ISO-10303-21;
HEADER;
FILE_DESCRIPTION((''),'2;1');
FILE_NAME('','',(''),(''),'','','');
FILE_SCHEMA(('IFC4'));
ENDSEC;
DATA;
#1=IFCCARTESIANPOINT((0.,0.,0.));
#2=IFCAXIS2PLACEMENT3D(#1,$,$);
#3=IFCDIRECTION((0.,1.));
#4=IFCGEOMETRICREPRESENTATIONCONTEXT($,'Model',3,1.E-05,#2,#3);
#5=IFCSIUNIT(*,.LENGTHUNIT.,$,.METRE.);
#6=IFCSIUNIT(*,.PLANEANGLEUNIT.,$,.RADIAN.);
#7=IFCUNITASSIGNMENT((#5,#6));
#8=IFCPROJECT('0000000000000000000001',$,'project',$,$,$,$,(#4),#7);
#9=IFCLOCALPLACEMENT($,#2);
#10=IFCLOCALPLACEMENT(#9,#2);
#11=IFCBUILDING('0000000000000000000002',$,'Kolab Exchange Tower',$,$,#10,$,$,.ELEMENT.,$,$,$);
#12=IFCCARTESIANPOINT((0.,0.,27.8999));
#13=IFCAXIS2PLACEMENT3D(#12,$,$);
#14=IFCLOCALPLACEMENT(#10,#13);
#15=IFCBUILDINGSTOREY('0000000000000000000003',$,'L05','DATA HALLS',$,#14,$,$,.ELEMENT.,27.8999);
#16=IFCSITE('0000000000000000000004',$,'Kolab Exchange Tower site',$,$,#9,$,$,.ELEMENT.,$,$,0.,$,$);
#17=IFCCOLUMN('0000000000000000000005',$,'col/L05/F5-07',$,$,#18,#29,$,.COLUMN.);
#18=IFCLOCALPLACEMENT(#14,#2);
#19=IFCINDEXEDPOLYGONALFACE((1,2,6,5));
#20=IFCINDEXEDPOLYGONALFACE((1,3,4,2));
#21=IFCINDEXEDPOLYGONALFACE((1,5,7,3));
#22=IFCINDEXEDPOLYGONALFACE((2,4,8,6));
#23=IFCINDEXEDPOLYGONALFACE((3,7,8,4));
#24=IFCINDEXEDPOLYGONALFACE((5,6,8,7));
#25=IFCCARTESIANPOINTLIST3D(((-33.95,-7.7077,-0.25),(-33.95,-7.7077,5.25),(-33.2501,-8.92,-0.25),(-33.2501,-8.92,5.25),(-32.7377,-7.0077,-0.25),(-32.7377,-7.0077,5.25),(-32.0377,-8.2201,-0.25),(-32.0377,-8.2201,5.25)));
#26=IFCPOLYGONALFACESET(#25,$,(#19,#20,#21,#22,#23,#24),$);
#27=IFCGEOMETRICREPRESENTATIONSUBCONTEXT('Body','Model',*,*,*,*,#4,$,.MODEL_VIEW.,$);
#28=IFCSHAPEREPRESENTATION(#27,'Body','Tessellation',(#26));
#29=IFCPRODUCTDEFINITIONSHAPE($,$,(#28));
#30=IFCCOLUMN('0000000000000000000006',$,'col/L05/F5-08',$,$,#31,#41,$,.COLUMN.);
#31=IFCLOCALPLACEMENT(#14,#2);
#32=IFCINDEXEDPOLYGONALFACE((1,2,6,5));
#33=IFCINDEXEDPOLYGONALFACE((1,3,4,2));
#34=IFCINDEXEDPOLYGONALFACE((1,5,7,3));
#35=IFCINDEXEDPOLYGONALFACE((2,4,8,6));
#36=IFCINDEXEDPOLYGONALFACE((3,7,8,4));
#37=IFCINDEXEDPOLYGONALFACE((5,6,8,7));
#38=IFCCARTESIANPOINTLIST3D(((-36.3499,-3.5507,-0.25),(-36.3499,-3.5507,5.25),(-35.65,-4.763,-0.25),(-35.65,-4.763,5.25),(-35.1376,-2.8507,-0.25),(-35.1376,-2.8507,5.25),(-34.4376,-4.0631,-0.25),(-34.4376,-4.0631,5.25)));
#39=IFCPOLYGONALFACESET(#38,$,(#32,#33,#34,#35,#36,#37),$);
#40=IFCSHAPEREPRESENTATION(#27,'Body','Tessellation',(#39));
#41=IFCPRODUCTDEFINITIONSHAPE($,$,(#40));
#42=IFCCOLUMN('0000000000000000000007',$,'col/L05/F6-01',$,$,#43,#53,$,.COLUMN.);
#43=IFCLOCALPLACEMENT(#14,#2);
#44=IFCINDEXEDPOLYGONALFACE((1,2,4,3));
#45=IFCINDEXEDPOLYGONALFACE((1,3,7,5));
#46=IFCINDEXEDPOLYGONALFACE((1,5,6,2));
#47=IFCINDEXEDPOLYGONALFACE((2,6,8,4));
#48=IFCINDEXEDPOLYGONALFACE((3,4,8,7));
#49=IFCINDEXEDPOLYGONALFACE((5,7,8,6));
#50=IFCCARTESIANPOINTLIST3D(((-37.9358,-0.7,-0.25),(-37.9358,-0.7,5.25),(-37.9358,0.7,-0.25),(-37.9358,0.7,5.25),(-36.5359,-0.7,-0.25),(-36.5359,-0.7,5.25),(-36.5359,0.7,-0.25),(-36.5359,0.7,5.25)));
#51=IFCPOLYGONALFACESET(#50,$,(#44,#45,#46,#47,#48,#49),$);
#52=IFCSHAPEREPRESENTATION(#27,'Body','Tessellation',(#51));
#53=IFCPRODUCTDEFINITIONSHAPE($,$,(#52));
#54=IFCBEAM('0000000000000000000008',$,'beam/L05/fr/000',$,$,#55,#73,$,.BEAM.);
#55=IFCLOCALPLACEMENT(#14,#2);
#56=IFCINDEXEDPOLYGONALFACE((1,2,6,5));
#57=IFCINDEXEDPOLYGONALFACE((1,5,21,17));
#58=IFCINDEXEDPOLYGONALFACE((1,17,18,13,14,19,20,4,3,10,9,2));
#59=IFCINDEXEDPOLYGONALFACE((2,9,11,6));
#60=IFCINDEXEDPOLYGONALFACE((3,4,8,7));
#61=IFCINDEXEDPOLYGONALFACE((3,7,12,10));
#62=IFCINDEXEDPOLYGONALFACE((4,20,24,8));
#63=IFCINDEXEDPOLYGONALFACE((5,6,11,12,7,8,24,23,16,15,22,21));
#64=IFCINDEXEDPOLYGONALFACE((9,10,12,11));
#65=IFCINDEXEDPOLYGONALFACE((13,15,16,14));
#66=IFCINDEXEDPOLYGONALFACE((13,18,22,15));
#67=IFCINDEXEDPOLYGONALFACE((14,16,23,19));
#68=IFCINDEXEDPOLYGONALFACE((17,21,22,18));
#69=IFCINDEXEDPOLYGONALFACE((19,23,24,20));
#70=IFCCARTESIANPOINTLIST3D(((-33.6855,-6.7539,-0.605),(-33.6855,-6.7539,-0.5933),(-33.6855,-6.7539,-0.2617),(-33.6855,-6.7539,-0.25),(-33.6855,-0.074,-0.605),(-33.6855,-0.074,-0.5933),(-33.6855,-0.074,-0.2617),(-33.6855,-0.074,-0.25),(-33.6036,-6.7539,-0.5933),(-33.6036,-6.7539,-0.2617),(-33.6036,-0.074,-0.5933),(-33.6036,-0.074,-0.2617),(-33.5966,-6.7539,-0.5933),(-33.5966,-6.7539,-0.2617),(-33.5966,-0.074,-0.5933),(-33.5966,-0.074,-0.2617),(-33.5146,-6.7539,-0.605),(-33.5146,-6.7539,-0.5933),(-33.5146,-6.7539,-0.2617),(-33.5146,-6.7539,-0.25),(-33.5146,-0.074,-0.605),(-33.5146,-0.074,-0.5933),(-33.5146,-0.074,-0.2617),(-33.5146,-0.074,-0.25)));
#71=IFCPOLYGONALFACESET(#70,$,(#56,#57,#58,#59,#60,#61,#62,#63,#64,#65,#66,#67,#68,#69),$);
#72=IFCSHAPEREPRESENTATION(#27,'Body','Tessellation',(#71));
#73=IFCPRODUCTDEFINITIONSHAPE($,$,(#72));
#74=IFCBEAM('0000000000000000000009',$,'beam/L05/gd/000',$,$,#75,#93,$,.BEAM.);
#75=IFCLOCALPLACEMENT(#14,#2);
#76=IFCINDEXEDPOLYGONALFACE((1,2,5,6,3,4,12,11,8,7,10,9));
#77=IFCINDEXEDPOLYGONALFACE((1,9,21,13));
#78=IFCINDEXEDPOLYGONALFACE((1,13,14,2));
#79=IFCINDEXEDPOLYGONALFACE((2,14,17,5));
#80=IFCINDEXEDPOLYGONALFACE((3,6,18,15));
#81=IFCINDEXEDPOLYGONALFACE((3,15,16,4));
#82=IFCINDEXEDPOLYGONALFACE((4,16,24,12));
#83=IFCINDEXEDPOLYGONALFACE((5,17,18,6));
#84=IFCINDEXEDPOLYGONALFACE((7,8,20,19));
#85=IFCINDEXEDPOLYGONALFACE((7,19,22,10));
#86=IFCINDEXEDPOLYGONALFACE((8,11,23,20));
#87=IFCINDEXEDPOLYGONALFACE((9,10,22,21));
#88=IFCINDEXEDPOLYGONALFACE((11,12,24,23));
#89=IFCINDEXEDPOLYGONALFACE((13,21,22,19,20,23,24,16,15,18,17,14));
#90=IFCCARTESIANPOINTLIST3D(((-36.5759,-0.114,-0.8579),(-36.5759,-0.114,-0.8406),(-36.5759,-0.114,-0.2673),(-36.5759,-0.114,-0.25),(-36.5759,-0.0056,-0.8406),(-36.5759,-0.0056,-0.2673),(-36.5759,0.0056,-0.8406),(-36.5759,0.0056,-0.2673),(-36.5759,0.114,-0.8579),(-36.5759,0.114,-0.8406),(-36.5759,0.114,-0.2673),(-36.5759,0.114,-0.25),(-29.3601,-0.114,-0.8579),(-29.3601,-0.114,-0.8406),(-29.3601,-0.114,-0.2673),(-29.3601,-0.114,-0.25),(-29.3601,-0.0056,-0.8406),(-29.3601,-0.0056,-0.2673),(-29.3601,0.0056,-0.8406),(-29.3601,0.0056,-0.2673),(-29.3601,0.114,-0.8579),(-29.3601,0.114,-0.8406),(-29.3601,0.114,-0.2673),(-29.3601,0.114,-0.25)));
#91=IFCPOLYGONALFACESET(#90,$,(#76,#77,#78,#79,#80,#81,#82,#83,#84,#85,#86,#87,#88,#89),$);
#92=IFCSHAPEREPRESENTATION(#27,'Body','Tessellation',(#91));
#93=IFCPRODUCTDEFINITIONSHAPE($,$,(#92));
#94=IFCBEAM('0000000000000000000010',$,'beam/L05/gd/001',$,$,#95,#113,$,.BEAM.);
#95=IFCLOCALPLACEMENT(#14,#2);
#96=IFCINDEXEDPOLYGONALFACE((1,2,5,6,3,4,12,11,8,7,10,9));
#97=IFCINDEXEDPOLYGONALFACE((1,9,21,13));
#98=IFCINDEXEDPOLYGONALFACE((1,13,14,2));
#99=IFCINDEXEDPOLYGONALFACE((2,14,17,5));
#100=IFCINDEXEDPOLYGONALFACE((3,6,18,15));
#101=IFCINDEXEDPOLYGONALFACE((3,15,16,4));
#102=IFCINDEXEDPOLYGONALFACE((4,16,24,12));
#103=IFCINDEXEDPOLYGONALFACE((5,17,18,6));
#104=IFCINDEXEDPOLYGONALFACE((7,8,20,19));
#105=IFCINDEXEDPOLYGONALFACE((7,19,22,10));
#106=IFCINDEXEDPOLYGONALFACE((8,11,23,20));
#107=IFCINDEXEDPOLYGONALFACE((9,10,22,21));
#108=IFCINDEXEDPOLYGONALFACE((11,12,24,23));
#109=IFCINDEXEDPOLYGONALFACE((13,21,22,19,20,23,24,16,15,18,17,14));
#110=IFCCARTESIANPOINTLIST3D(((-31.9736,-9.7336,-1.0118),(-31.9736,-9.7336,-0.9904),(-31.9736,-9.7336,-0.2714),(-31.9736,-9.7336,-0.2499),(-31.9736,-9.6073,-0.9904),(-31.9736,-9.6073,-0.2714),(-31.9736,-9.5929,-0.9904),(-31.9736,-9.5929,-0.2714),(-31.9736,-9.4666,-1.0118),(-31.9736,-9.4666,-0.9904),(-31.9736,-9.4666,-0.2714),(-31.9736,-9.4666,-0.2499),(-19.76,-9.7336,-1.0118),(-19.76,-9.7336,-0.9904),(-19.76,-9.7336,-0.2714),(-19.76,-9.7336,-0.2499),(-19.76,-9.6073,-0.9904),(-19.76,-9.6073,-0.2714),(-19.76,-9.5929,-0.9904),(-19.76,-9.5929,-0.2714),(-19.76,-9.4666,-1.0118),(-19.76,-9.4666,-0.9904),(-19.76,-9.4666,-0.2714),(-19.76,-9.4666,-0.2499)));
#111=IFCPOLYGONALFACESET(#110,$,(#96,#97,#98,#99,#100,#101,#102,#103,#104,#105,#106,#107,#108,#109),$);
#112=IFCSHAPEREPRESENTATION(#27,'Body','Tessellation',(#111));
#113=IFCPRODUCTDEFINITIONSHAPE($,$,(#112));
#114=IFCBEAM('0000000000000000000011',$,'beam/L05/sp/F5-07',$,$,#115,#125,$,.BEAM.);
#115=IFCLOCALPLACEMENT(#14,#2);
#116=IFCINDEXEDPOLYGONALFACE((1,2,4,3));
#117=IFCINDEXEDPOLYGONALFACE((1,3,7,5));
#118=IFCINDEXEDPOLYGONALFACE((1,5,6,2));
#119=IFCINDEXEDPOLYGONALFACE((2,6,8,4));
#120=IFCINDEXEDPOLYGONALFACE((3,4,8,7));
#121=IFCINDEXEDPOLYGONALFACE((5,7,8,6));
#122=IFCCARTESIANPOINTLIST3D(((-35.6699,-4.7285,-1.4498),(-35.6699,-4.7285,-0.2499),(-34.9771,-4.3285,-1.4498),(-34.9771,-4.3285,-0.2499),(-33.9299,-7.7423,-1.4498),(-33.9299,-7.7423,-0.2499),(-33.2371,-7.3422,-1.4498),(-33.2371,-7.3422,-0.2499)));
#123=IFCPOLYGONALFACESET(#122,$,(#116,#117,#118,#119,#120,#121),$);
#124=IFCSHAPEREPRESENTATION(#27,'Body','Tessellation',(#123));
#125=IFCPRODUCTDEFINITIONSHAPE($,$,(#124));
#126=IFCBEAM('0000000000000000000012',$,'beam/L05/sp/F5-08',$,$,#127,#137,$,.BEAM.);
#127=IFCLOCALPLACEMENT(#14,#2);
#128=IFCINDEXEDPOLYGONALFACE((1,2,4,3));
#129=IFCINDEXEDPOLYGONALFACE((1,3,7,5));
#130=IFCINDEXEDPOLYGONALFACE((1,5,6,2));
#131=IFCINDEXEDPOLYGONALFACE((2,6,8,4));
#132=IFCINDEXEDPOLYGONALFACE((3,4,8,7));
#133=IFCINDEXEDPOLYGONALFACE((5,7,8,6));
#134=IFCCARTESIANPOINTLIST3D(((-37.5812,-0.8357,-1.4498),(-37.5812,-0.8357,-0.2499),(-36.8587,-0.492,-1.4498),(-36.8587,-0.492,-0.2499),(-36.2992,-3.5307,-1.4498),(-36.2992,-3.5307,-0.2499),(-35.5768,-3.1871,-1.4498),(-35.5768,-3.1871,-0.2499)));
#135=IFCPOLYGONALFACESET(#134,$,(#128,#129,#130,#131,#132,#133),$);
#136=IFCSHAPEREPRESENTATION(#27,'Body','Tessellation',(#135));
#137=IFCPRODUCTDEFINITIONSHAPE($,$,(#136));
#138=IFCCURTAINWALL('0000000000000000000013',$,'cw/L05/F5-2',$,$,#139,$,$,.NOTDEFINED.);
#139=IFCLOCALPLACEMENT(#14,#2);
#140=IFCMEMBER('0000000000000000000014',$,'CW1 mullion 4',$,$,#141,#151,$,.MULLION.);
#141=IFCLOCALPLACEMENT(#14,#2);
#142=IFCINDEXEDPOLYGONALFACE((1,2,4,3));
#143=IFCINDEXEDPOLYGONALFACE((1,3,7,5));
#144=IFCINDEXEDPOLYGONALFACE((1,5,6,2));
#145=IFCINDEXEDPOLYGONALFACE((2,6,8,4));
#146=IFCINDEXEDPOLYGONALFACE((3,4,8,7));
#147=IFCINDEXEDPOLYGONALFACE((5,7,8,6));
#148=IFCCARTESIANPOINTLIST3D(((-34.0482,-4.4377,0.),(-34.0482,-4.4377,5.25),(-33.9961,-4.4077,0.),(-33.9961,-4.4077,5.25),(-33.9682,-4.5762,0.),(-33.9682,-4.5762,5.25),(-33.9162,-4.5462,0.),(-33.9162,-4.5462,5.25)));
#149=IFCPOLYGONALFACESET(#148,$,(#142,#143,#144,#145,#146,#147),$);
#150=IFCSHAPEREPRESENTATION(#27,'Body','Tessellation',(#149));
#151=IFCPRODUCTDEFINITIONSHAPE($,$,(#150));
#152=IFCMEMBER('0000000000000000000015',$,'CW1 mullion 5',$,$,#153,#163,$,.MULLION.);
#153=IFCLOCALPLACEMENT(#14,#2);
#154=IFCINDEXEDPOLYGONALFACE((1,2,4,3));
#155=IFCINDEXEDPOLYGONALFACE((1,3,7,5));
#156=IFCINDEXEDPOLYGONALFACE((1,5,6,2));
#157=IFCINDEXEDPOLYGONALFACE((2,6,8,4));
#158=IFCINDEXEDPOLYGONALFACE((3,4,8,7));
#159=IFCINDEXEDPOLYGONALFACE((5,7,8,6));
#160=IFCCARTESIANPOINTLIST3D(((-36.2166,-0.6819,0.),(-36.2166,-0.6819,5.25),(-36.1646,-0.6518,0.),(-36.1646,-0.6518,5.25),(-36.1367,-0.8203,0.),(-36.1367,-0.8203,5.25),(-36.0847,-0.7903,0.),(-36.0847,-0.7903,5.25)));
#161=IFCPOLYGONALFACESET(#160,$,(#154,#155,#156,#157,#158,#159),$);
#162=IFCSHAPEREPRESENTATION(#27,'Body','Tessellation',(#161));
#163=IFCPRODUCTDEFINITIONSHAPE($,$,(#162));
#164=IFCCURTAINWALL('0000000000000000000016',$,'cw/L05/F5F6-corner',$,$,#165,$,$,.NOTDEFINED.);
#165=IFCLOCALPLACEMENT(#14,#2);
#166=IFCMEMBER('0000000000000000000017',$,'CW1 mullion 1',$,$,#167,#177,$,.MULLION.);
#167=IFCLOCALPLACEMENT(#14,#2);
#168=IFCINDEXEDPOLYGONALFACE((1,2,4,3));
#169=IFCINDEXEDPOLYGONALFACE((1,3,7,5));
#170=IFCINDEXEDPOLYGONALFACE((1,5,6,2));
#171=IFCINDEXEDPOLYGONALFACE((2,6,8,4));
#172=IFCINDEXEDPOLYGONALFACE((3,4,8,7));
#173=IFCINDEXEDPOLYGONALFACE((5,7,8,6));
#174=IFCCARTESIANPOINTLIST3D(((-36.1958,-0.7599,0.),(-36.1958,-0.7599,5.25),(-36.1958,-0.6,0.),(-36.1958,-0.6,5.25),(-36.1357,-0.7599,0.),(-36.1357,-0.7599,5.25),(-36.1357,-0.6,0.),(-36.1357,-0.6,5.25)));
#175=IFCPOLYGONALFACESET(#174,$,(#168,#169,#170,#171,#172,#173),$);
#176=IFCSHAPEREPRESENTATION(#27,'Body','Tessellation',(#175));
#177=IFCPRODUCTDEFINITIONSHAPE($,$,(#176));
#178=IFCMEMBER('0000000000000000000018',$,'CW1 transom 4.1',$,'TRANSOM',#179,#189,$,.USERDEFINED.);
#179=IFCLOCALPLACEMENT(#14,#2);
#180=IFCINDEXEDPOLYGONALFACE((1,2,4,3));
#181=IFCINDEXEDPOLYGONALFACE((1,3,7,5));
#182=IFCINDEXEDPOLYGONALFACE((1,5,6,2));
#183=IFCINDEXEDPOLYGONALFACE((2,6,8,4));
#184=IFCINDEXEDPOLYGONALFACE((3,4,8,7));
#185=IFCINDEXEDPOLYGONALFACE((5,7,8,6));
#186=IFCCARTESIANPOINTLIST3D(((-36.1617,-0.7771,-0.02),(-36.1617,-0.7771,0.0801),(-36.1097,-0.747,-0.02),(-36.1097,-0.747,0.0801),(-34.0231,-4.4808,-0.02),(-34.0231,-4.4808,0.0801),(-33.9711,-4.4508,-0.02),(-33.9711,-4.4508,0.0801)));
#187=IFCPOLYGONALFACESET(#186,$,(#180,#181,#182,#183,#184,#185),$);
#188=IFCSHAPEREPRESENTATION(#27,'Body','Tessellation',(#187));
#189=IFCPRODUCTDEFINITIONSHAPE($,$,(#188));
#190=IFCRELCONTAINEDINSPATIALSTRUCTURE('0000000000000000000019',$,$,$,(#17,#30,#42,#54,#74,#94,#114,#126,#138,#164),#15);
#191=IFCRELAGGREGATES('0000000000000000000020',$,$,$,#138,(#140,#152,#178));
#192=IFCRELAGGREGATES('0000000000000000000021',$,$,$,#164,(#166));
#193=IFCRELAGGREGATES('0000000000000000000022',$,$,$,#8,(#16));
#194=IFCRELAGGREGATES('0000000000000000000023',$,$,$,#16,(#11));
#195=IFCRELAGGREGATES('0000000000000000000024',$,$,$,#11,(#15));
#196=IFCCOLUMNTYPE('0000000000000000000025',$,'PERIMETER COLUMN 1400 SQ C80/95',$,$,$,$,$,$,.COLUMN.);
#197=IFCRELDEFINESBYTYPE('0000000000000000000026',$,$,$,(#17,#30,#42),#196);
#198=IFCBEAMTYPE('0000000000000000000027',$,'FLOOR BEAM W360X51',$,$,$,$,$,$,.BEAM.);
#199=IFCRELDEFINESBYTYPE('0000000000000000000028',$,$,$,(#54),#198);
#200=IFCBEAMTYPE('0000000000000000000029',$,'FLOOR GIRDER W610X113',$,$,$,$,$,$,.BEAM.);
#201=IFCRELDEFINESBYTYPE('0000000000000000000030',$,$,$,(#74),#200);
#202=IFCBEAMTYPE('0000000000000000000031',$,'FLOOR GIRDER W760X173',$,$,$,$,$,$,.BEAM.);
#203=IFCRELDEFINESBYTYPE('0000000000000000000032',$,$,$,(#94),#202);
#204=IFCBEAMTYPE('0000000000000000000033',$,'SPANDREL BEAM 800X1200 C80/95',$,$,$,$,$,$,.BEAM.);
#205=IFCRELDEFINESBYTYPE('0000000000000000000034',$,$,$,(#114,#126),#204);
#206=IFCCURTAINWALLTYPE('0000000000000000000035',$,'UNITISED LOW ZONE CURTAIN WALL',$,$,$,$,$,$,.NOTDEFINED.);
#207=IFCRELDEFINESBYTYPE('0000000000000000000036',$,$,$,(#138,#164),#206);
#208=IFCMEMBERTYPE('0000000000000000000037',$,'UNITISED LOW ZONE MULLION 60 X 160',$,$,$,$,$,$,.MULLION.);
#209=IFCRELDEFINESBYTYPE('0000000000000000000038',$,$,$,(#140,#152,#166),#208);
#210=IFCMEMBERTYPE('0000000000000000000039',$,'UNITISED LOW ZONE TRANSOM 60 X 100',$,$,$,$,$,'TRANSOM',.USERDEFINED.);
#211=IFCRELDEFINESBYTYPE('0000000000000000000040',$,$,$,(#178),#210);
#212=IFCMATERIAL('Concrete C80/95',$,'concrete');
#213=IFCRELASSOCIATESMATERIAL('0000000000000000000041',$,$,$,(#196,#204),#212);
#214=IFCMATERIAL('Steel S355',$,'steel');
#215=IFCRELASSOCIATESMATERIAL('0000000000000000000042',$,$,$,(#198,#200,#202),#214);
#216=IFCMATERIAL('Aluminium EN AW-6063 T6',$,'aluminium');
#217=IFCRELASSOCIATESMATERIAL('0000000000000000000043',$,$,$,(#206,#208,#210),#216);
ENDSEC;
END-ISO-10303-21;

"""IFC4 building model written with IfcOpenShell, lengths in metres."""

from ifc_helpers import new_model, si_unit, direction, frame, origin, origin_2d, place, context, subcontext, project, spatial, rectangle, i_section, extrude, material, material_profile, profile_set, type_object, element, aggregate, save


model = new_model("IFC4")

# Units and contexts
model_context = context("Model", 3, precision=1e-05, world=origin(), true_north=direction((0.0, 1.0)))
body_context = subcontext(model_context, "Body", "Model", "MODEL_VIEW")
ifc_project = project(units=[si_unit("LENGTHUNIT", "METRE"), si_unit("PLANEANGLEUNIT", "RADIAN")], contexts=[model_context])

# Site, building, storey
site_placement = place(None, origin())
site = spatial("IfcSite", under=ifc_project, at=site_placement, Name="Kolab Exchange Tower site", CompositionType="ELEMENT", RefElevation=0.0)
building_placement = place(site_placement, origin())
building = spatial("IfcBuilding", under=site, at=building_placement, Name="Kolab Exchange Tower", CompositionType="ELEMENT")
storey_placement = place(building_placement, frame((0.0, 0.0, 27.8999)))
storey = spatial("IfcBuildingStorey", under=building, at=storey_placement, Name="L05", Description="DATA HALLS", CompositionType="ELEMENT", Elevation=27.8999)

# Columns
ifc_material_1 = material(Name="Concrete C80/95", Category="concrete")
ifc_material_profile_1 = material_profile(ifc_material_1, rectangle(XDim=1.3999, YDim=1.3999, at=origin_2d()), Name="RC1400")
ifc_profile_set_1 = profile_set([ifc_material_profile_1], Name="Concrete C80/95")
column_type = type_object("IfcColumnType", Name="PERIMETER COLUMN 1400 SQ C80/95", PredefinedType="COLUMN", material=ifc_profile_set_1)
for number, where, z_axis, x_axis, name in (
    (1, (-32.9939, -7.9639, -0.25), (0.0, 0.0, 1.0), (0.866025, 0.5, 0.0), "col/L05/F5-07"),
    (2, (-35.3938, -3.8069, -0.25), (0.0, 0.0, 1.0), (0.866025, 0.5, 0.0), "col/L05/F5-08"),
    (3, (-37.2358, 0.0, -0.25), (0.0, 0.0, 1.0), (1.0, 0.0, 0.0), "col/L05/F6-01"),
):
    element("IfcColumn", number, at=place(storey_placement, frame(where, z_axis=z_axis, x_axis=x_axis)), inside=storey, type_object=column_type, Name=name, PredefinedType="COLUMN", context=body_context, shape_type="SweptSolid", body=[
        extrude(rectangle(XDim=1.3999, YDim=1.3999, at=origin_2d()), origin(), (0.0, 0.0, 1.0), 5.5),
    ])

# Beams
ifc_material_2 = material(Name="Steel S355", Category="steel")
ifc_material_profile_2 = material_profile(ifc_material_2, i_section(OverallWidth=0.1709, OverallDepth=0.355, WebThickness=0.0071, FlangeThickness=0.0117, at=origin_2d()), Name="W360X51")
ifc_profile_set_2 = profile_set([ifc_material_profile_2], Name="Steel S355")
beam_type_1 = type_object("IfcBeamType", Name="FLOOR BEAM W360X51", PredefinedType="BEAM", material=ifc_profile_set_2)
beam_1_placement = place(storey_placement, frame((-33.6001, -6.7539, -0.4275), z_axis=(0.0, 1.0, 0.0), x_axis=(-1.0, 0.0, 0.0)))
element("IfcBeam", 4, at=beam_1_placement, inside=storey, type_object=beam_type_1, Name="beam/L05/fr/000", PredefinedType="BEAM", context=body_context, shape_type="SweptSolid", body=[
    extrude(i_section(OverallWidth=0.1709, OverallDepth=0.355, WebThickness=0.0071, FlangeThickness=0.0117, at=origin_2d()), origin(), (0.0, 0.0, 1.0), 6.6799),
])
ifc_material_profile_3 = material_profile(ifc_material_2, i_section(OverallWidth=0.228, OverallDepth=0.6079, WebThickness=0.0112, FlangeThickness=0.0173, at=origin_2d()), Name="W610X113")
ifc_profile_set_3 = profile_set([ifc_material_profile_3], Name="Steel S355")
beam_type_2 = type_object("IfcBeamType", Name="FLOOR GIRDER W610X113", PredefinedType="BEAM", material=ifc_profile_set_3)
beam_2_placement = place(storey_placement, frame((-36.5759, 0.0, -0.554), z_axis=(1.0, 0.0, 0.0), x_axis=(0.0, 1.0, 0.0)))
element("IfcBeam", 5, at=beam_2_placement, inside=storey, type_object=beam_type_2, Name="beam/L05/gd/000", PredefinedType="BEAM", context=body_context, shape_type="SweptSolid", body=[
    extrude(i_section(OverallWidth=0.228, OverallDepth=0.6079, WebThickness=0.0112, FlangeThickness=0.0173, at=origin_2d()), origin(), (0.0, 0.0, 1.0), 7.2158),
])
ifc_material_profile_4 = material_profile(ifc_material_2, i_section(OverallWidth=0.2671, OverallDepth=0.762, WebThickness=0.0144, FlangeThickness=0.0215, at=origin_2d()), Name="W760X173")
ifc_profile_set_4 = profile_set([ifc_material_profile_4], Name="Steel S355")
beam_type_3 = type_object("IfcBeamType", Name="FLOOR GIRDER W760X173", PredefinedType="BEAM", material=ifc_profile_set_4)
beam_3_placement = place(storey_placement, frame((-31.9736, -9.6001, -0.6309), z_axis=(1.0, 0.0, 0.0), x_axis=(0.0, 1.0, 0.0)))
element("IfcBeam", 6, at=beam_3_placement, inside=storey, type_object=beam_type_3, Name="beam/L05/gd/001", PredefinedType="BEAM", context=body_context, shape_type="SweptSolid", body=[
    extrude(i_section(OverallWidth=0.2671, OverallDepth=0.762, WebThickness=0.0144, FlangeThickness=0.0215, at=origin_2d()), origin(), (0.0, 0.0, 1.0), 12.2136),
])
ifc_material_profile_5 = material_profile(ifc_material_1, rectangle(XDim=0.8, YDim=1.2, at=origin_2d()), Name="RC800X1200")
ifc_profile_set_5 = profile_set([ifc_material_profile_5], Name="Concrete C80/95")
beam_type_4 = type_object("IfcBeamType", Name="SPANDREL BEAM 800X1200 C80/95", PredefinedType="BEAM", material=ifc_profile_set_5)
beam_4_placement = place(storey_placement, frame((-33.5835, -7.5422, -0.8499), z_axis=(-0.50001, 0.86602, 0.0), x_axis=(-0.86602, -0.50001, 0.0)))
element("IfcBeam", 7, at=beam_4_placement, inside=storey, type_object=beam_type_4, Name="beam/L05/sp/F5-07", PredefinedType="BEAM", context=body_context, shape_type="SweptSolid", body=[
    extrude(rectangle(XDim=0.8, YDim=1.2, at=origin_2d()), origin(), (0.0, 0.0, 1.0), 3.48),
])
beam_5_placement = place(storey_placement, frame((-35.938, -3.3589, -0.8499), z_axis=(-0.429556, 0.90304, 0.0), x_axis=(-0.90304, -0.429556, 0.0)))
element("IfcBeam", 8, at=beam_5_placement, inside=storey, type_object=beam_type_4, Name="beam/L05/sp/F5-08", PredefinedType="BEAM", context=body_context, shape_type="SweptSolid", body=[
    extrude(rectangle(XDim=0.8, YDim=1.2, at=origin_2d()), origin(), (0.0, 0.0, 1.0), 2.9844),
])

# Curtain wall, members
ifc_material_3 = material(Name="Aluminium EN AW-6063 T6", Category="aluminium")
curtain_wall_type = type_object("IfcCurtainWallType", Name="UNITISED LOW ZONE CURTAIN WALL", PredefinedType="NOTDEFINED", material=ifc_material_3)
curtain_wall_1_placement = place(storey_placement, origin())
curtain_wall_1 = element("IfcCurtainWall", 9, at=curtain_wall_1_placement, inside=storey, type_object=curtain_wall_type, Name="cw/L05/F5-2", PredefinedType="NOTDEFINED")
ifc_material_profile_6 = material_profile(ifc_material_3, rectangle(XDim=0.0601, YDim=0.1599, at=origin_2d()), Name="RECT 60X160")
ifc_profile_set_6 = profile_set([ifc_material_profile_6], Name="Aluminium EN AW-6063 T6")
member_type_1 = type_object("IfcMemberType", Name="UNITISED LOW ZONE MULLION 60 X 160", PredefinedType="MULLION", material=ifc_profile_set_6)
member_1_placement = place(storey_placement, frame((-33.9822, -4.4919, 0.0), z_axis=(0.0, 0.0, 1.0), x_axis=(-0.866025, -0.5, 0.0)))
member_1 = element("IfcMember", 10, at=member_1_placement, type_object=member_type_1, Name="CW1 mullion 4", PredefinedType="MULLION", context=body_context, shape_type="SweptSolid", body=[
    extrude(rectangle(XDim=0.0601, YDim=0.1599, at=origin_2d()), origin(), (0.0, 0.0, 1.0), 5.25),
])
member_2_placement = place(storey_placement, frame((-36.1506, -0.7361, 0.0), z_axis=(0.0, 0.0, 1.0), x_axis=(-0.866025, -0.5, 0.0)))
member_2 = element("IfcMember", 11, at=member_2_placement, type_object=member_type_1, Name="CW1 mullion 5", PredefinedType="MULLION", context=body_context, shape_type="SweptSolid", body=[
    extrude(rectangle(XDim=0.0601, YDim=0.1599, at=origin_2d()), origin(), (0.0, 0.0, 1.0), 5.25),
])

# Curtain wall, member
curtain_wall_2_placement = place(storey_placement, origin())
curtain_wall_2 = element("IfcCurtainWall", 12, at=curtain_wall_2_placement, inside=storey, type_object=curtain_wall_type, Name="cw/L05/F5F6-corner", PredefinedType="NOTDEFINED")
member_3_placement = place(storey_placement, frame((-36.1658, -0.6799, 0.0), z_axis=(0.0, 0.0, 1.0), x_axis=(-1.0, 0.0, 0.0)))
member_3 = element("IfcMember", 13, at=member_3_placement, type_object=member_type_1, Name="CW1 mullion 1", PredefinedType="MULLION", context=body_context, shape_type="SweptSolid", body=[
    extrude(rectangle(XDim=0.0601, YDim=0.1599, at=origin_2d()), origin(), (0.0, 0.0, 1.0), 5.25),
])

# Member
ifc_material_profile_7 = material_profile(ifc_material_3, rectangle(XDim=0.0601, YDim=0.1001, at=origin_2d()), Name="RECT 60X100")
ifc_profile_set_7 = profile_set([ifc_material_profile_7], Name="Aluminium EN AW-6063 T6")
member_type_2 = type_object("IfcMemberType", Name="UNITISED LOW ZONE TRANSOM 60 X 100", ElementType="TRANSOM", PredefinedType="USERDEFINED", material=ifc_profile_set_7)
member_4_placement = place(storey_placement, frame((-33.9971, -4.4658, 0.03), z_axis=(-0.500044, 0.866, 0.0), x_axis=(-0.866, -0.500044, 0.0)))
member_4 = element("IfcMember", 14, at=member_4_placement, type_object=member_type_2, Name="CW1 transom 4.1", ObjectType="TRANSOM", PredefinedType="USERDEFINED", context=body_context, shape_type="SweptSolid", body=[
    extrude(rectangle(XDim=0.0601, YDim=0.1001, at=origin_2d()), origin(), (0.0, 0.0, 1.0), 4.2769),
])

aggregate(curtain_wall_1, [member_1, member_2, member_4])
aggregate(curtain_wall_2, [member_3])

save(model, "model.ifc")
